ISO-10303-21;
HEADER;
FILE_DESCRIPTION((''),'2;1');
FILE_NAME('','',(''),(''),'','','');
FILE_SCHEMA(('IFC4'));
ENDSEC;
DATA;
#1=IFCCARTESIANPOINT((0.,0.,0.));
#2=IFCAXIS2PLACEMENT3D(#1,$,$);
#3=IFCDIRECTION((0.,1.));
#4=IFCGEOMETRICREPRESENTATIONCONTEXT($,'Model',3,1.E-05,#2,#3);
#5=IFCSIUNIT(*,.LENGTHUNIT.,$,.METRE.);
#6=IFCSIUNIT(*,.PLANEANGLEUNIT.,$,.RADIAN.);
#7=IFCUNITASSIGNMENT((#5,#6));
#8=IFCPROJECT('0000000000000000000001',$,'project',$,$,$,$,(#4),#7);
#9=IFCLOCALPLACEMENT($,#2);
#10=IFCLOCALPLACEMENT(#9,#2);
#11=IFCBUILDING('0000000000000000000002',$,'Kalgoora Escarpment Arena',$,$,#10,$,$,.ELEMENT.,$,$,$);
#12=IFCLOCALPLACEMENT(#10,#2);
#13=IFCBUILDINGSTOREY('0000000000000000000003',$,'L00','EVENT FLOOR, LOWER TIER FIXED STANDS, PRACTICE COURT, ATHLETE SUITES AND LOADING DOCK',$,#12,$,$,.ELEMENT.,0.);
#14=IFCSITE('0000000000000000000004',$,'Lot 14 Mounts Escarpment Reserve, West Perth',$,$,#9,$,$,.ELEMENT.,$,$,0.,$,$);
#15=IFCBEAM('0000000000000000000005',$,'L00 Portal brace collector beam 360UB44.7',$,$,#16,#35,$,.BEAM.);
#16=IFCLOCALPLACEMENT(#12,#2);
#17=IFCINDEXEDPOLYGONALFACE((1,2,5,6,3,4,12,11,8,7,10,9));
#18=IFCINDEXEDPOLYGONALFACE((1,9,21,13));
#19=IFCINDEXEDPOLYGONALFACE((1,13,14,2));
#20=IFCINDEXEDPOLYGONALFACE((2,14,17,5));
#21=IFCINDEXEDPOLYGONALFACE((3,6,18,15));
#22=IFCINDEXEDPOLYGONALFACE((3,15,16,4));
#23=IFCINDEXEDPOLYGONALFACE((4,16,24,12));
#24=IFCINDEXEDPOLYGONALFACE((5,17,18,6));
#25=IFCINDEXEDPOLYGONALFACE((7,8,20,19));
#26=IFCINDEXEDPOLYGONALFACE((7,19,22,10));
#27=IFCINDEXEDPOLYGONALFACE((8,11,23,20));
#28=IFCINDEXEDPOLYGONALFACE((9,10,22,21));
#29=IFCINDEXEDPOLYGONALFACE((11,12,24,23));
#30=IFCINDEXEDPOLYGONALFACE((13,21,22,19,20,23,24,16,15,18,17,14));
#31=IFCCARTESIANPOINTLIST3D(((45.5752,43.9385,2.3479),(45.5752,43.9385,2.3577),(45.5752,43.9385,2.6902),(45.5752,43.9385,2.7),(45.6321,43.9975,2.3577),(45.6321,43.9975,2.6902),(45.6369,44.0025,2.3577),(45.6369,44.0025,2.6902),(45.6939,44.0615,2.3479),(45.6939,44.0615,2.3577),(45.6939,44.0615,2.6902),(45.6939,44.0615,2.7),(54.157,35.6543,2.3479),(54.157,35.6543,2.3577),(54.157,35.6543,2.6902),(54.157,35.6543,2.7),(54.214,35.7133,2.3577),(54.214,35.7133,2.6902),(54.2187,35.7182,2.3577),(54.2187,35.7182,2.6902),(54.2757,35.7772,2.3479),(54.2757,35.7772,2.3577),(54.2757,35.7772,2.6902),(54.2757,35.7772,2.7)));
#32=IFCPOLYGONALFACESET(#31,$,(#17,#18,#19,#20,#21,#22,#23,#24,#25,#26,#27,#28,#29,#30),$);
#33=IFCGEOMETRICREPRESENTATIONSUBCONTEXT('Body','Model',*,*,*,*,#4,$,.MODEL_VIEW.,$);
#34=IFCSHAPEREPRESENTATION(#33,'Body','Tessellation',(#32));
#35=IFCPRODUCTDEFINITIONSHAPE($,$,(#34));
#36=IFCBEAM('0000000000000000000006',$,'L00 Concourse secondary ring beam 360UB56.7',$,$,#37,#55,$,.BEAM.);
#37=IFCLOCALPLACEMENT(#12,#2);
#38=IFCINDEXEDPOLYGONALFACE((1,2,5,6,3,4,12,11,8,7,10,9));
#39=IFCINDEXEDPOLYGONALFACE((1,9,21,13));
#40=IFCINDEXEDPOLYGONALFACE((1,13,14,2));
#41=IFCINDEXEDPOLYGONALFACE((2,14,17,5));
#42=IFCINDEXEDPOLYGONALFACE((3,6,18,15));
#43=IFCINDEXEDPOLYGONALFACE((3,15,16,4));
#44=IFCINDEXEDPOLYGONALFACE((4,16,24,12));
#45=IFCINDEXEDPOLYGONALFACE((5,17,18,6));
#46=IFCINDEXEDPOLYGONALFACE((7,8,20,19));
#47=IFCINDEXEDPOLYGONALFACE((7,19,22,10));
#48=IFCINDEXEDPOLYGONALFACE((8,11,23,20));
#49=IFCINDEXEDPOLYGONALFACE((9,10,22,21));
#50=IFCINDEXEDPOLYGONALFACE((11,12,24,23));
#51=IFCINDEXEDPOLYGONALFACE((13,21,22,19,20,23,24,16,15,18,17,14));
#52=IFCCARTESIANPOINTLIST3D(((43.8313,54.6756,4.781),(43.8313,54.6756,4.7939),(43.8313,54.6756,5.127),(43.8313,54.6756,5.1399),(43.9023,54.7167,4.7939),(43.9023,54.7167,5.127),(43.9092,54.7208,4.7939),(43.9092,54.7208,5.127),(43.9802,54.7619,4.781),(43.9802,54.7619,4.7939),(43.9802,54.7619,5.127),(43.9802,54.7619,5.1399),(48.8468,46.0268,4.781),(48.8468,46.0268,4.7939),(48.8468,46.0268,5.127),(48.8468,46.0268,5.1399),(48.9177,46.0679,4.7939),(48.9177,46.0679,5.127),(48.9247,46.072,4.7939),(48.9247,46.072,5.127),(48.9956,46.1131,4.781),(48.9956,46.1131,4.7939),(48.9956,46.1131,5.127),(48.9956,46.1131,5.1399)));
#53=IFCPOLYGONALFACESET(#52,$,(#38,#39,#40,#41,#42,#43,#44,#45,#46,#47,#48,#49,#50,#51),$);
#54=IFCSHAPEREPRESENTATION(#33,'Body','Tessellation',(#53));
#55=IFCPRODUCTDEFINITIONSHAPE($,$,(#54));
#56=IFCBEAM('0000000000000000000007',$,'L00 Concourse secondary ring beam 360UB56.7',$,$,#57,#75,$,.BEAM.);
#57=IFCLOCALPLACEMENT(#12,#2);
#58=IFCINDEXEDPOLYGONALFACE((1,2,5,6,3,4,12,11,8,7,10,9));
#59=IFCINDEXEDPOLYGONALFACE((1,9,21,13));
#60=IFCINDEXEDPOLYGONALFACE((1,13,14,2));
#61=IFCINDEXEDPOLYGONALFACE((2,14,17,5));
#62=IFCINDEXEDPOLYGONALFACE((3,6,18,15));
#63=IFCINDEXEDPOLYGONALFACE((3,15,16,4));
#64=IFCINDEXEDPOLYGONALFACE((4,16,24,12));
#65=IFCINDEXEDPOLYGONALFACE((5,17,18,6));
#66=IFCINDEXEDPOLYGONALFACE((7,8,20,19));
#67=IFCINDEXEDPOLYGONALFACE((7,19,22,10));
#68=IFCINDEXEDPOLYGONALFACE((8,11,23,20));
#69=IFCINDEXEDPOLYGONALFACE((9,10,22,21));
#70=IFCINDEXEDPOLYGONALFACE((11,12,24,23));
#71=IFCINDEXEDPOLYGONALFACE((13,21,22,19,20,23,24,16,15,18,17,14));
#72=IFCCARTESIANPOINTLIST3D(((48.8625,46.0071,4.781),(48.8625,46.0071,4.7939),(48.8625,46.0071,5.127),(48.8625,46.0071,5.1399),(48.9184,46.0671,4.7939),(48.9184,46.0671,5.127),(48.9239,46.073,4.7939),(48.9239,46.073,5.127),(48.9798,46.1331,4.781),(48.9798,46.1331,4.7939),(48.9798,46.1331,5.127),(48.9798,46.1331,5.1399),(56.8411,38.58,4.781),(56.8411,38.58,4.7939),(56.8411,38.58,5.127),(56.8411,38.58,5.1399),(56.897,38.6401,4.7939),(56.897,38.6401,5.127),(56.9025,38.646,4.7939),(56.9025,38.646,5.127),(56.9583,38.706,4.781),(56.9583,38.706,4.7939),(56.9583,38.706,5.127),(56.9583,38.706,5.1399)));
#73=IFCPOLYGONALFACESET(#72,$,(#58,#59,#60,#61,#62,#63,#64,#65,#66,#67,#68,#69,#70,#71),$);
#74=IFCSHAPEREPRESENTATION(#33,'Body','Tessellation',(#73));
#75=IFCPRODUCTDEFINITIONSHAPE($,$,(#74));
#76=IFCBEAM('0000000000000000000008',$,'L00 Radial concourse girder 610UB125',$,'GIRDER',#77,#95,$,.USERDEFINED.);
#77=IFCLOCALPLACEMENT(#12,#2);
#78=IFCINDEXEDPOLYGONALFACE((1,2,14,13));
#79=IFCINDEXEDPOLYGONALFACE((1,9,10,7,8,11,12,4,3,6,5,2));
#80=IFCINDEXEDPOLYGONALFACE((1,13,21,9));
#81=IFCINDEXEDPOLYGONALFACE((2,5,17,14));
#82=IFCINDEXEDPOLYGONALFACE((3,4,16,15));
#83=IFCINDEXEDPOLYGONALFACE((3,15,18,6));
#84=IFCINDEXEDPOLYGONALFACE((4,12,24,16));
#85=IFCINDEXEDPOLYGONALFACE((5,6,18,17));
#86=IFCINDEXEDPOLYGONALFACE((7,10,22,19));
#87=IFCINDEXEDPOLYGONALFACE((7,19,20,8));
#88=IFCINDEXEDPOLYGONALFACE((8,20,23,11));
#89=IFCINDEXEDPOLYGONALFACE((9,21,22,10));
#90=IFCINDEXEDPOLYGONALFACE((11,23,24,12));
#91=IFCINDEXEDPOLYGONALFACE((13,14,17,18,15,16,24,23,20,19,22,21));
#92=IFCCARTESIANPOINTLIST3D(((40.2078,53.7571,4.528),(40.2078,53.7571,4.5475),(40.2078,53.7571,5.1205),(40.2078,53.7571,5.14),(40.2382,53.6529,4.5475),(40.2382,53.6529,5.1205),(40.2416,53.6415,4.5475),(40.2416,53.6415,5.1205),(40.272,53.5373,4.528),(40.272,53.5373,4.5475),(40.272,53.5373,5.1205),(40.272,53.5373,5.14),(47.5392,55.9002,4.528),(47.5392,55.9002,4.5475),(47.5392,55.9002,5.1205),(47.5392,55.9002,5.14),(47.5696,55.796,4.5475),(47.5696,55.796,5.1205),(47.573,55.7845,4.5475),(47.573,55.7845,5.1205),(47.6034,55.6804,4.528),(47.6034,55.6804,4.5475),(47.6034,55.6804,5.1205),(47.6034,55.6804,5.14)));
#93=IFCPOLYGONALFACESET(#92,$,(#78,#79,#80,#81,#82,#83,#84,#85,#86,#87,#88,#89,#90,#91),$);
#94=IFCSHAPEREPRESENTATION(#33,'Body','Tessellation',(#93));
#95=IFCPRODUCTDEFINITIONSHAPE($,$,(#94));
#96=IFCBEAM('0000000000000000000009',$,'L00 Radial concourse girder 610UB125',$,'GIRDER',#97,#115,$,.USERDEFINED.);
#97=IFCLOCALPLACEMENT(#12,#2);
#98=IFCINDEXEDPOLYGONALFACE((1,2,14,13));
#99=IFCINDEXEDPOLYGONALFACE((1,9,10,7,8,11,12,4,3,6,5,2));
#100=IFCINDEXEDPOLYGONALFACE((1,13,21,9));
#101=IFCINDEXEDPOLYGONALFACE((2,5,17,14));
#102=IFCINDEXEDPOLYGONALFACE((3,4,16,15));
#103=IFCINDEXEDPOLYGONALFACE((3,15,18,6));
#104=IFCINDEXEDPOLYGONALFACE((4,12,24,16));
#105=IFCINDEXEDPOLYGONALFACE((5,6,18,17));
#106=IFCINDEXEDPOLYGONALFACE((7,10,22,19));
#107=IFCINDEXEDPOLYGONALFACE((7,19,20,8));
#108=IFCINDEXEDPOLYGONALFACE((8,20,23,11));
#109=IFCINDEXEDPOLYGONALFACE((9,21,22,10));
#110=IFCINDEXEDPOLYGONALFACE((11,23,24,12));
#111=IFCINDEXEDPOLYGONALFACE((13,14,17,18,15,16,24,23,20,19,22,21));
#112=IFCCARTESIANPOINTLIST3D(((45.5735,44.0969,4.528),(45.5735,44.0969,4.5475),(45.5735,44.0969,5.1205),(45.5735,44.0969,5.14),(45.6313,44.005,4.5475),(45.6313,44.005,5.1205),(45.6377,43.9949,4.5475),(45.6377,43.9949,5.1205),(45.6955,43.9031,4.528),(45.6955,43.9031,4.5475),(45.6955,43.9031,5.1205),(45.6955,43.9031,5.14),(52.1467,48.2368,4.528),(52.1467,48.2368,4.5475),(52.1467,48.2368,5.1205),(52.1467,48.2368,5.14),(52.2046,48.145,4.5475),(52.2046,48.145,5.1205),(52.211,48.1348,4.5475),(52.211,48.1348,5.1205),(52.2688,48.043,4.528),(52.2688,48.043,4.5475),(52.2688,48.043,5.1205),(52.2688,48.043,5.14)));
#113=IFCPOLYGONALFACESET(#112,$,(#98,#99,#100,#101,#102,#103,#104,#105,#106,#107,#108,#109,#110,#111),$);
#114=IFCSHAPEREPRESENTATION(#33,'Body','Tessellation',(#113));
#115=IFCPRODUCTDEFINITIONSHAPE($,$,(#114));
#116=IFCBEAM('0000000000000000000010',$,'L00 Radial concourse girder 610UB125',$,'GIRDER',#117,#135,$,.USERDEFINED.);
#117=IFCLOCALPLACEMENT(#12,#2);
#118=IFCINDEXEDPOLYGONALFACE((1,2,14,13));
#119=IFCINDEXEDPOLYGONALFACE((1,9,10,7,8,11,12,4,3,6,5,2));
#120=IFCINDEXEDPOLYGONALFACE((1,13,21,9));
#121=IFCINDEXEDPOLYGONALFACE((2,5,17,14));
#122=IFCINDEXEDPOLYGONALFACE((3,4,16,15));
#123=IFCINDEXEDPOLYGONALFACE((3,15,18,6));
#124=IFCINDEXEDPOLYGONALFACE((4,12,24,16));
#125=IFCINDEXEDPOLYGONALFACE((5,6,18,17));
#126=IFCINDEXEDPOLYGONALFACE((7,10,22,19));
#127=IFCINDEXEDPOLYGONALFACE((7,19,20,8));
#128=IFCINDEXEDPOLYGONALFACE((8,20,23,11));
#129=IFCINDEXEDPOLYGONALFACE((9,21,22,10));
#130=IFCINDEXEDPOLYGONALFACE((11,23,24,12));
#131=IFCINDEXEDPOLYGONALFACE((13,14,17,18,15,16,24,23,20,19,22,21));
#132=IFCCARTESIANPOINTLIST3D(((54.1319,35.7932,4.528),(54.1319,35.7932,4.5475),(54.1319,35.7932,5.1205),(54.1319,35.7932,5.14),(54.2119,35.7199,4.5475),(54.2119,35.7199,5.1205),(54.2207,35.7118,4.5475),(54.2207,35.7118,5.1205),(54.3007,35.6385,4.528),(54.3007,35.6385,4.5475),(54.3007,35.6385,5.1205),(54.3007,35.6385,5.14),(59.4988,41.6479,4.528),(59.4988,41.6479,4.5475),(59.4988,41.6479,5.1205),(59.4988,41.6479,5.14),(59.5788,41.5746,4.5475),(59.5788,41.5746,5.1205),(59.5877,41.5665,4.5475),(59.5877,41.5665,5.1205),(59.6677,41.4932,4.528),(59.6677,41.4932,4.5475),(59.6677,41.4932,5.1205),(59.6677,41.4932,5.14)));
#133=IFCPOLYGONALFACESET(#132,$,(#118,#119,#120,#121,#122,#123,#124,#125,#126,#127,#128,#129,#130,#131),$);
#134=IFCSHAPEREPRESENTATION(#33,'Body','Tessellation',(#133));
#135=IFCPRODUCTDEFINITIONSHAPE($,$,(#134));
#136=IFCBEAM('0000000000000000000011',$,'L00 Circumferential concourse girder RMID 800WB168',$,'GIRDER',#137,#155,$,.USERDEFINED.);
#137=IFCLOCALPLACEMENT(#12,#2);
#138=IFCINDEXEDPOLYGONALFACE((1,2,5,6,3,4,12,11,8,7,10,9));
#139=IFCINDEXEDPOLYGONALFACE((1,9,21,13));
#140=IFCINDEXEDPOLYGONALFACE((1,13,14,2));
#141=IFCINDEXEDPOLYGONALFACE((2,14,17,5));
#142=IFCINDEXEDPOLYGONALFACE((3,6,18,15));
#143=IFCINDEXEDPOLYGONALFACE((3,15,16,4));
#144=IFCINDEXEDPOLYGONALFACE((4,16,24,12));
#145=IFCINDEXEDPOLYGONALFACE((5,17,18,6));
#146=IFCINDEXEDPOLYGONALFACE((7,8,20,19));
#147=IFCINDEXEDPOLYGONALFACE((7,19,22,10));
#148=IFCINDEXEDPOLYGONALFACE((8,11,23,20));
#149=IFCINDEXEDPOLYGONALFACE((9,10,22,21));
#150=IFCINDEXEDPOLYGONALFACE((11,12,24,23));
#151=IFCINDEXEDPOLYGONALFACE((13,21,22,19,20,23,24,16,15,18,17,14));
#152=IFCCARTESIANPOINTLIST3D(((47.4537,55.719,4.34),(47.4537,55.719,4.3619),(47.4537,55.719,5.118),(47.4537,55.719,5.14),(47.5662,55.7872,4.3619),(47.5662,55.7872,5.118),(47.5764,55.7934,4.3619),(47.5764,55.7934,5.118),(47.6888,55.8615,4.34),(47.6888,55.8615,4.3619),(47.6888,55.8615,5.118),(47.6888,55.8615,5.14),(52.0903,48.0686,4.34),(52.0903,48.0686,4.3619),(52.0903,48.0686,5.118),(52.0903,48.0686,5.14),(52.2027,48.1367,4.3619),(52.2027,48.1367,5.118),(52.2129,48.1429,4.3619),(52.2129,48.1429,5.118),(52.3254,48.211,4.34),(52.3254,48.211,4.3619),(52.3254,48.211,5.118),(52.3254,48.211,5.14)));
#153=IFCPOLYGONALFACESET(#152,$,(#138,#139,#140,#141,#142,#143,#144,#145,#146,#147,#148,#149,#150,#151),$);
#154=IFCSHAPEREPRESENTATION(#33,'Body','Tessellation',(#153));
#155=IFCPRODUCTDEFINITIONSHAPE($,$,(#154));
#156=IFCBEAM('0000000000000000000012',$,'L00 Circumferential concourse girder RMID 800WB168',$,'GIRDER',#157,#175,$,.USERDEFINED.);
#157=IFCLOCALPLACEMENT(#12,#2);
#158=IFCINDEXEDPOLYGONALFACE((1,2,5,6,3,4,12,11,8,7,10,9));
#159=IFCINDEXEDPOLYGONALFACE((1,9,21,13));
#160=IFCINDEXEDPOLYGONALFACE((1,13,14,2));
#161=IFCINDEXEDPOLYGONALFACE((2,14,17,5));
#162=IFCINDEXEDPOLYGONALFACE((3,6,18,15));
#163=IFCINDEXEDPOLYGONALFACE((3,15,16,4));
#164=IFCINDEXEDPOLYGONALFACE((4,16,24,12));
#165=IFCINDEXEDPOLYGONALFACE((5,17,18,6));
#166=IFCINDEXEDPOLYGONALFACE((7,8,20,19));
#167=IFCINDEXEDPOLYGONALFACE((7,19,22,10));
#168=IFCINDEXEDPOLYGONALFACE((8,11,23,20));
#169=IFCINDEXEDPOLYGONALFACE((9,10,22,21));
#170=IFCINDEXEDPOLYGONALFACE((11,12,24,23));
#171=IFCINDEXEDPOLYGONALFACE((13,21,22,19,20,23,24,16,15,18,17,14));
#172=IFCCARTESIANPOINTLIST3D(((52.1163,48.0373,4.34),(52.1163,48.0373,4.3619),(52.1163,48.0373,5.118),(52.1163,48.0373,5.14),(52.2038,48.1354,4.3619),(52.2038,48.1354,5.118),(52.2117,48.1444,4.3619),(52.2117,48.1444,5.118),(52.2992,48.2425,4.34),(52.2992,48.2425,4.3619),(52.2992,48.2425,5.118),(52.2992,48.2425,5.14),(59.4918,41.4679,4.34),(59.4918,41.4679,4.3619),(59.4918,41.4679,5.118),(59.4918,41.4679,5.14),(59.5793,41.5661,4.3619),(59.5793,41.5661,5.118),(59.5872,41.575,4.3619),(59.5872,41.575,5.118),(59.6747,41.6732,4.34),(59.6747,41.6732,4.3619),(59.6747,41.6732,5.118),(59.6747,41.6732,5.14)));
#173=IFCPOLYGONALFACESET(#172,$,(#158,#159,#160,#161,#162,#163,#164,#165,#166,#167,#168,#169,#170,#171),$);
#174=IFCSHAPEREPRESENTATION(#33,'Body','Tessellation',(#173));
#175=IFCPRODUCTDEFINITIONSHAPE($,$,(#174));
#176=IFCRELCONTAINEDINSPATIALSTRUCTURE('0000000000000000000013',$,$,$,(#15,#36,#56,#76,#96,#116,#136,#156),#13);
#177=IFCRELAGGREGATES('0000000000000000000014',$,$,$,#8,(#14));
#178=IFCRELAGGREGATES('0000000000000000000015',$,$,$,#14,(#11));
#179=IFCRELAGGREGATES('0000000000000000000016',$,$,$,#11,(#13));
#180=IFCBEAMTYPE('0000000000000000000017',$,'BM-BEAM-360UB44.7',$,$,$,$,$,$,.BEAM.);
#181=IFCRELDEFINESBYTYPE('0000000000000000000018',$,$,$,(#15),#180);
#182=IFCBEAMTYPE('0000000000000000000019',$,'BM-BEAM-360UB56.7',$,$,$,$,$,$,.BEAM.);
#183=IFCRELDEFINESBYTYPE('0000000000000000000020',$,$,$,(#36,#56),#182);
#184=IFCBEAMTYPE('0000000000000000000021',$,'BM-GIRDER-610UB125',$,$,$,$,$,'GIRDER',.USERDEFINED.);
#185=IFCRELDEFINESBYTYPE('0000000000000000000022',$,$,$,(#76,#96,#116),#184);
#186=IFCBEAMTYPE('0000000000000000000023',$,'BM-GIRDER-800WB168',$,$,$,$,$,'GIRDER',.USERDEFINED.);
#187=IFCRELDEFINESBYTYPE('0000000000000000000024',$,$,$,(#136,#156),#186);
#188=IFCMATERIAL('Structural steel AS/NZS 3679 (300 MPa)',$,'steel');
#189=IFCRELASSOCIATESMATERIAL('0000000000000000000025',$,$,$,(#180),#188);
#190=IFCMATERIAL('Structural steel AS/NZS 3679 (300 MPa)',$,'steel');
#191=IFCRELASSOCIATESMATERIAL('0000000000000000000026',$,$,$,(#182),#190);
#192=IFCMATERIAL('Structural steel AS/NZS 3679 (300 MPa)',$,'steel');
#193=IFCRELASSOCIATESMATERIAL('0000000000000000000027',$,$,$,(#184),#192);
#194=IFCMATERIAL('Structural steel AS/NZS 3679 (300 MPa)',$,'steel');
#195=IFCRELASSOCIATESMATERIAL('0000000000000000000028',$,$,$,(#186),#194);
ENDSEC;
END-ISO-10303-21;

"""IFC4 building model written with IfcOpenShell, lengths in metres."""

from ifc_helpers import new_model, si_unit, direction, frame, origin, origin_2d, place, context, subcontext, project, spatial, i_section, extrude, material, material_profile, profile_set, type_object, element, save


model = new_model("IFC4")

# Units and contexts
model_context = context("Model", 3, precision=1e-05, world=origin(), true_north=direction((0.0, 1.0)))
body_context = subcontext(model_context, "Body", "Model", "MODEL_VIEW")
ifc_project = project(units=[si_unit("LENGTHUNIT", "METRE"), si_unit("PLANEANGLEUNIT", "RADIAN")], contexts=[model_context])

# Site, building, storey
site_placement = place(None, origin())
site = spatial("IfcSite", under=ifc_project, at=site_placement, Name="Lot 14 Mounts Escarpment Reserve, West Perth", CompositionType="ELEMENT", RefElevation=0.0)
building_placement = place(site_placement, origin())
building = spatial("IfcBuilding", under=site, at=building_placement, Name="Kalgoora Escarpment Arena", CompositionType="ELEMENT")
storey_placement = place(building_placement, origin())
storey = spatial("IfcBuildingStorey", under=building, at=storey_placement, Name="L00", Description="EVENT FLOOR, LOWER TIER FIXED STANDS, PRACTICE COURT, ATHLETE SUITES AND LOADING DOCK", CompositionType="ELEMENT", Elevation=0.0)

# Beams
ifc_material_1 = material(Name="Structural steel AS/NZS 3679 (300 MPa)", Category="steel")
ifc_material_profile_1 = material_profile(ifc_material_1, i_section(OverallWidth=0.1709, OverallDepth=0.3521, WebThickness=0.0068, FlangeThickness=0.0098, at=origin_2d()))
ifc_profile_set_1 = profile_set([ifc_material_profile_1], Name="Structural steel AS/NZS 3679 (300 MPa)")
beam_type_1 = type_object("IfcBeamType", Name="BM-BEAM-360UB44.7", PredefinedType="BEAM", material=ifc_profile_set_1)
beam_1_placement = place(storey_placement, frame((45.6345, 44.0, 2.5239), z_axis=(0.719472, -0.694521, 0.0), x_axis=(0.694521, 0.719472, 0.0)))
element("IfcBeam", 1, at=beam_1_placement, inside=storey, type_object=beam_type_1, Name="L00 Portal brace collector beam 360UB44.7", PredefinedType="BEAM", context=body_context, shape_type="SweptSolid", body=[
    extrude(i_section(OverallWidth=0.1709, OverallDepth=0.3521, WebThickness=0.0068, FlangeThickness=0.0098, at=origin_2d()), origin(), (0.0, 0.0, 1.0), 11.928),
])
ifc_material_2 = material(Name="Structural steel AS/NZS 3679 (300 MPa)", Category="steel")
ifc_material_profile_2 = material_profile(ifc_material_2, i_section(OverallWidth=0.1721, OverallDepth=0.3589, WebThickness=0.0081, FlangeThickness=0.0129, at=origin_2d()))
ifc_profile_set_2 = profile_set([ifc_material_profile_2], Name="Structural steel AS/NZS 3679 (300 MPa)")
beam_type_2 = type_object("IfcBeamType", Name="BM-BEAM-360UB56.7", PredefinedType="BEAM", material=ifc_profile_set_2)
beam_2_placement = place(storey_placement, frame((43.9058, 54.7188, 4.9604), z_axis=(0.501654, -0.865068, 0.0), x_axis=(0.865068, 0.501654, 0.0)))
element("IfcBeam", 2, at=beam_2_placement, inside=storey, type_object=beam_type_2, Name="L00 Concourse secondary ring beam 360UB56.7", PredefinedType="BEAM", context=body_context, shape_type="SweptSolid", body=[
    extrude(i_section(OverallWidth=0.1721, OverallDepth=0.3589, WebThickness=0.0081, FlangeThickness=0.0129, at=origin_2d()), origin(), (0.0, 0.0, 1.0), 9.9978),
])
beam_3_placement = place(storey_placement, frame((48.9211, 46.0701, 4.9604), z_axis=(0.731952, -0.681356, 0.0), x_axis=(0.681356, 0.731952, 0.0)))
element("IfcBeam", 3, at=beam_3_placement, inside=storey, type_object=beam_type_2, Name="L00 Concourse secondary ring beam 360UB56.7", PredefinedType="BEAM", context=body_context, shape_type="SweptSolid", body=[
    extrude(i_section(OverallWidth=0.1721, OverallDepth=0.3589, WebThickness=0.0081, FlangeThickness=0.0129, at=origin_2d()), origin(), (0.0, 0.0, 1.0), 10.9004),
])
ifc_material_3 = material(Name="Structural steel AS/NZS 3679 (300 MPa)", Category="steel")
ifc_material_profile_3 = material_profile(ifc_material_3, i_section(OverallWidth=0.229, OverallDepth=0.6121, WebThickness=0.012, FlangeThickness=0.0195, at=origin_2d()))
ifc_profile_set_3 = profile_set([ifc_material_profile_3], Name="Structural steel AS/NZS 3679 (300 MPa)")
beam_type_3 = type_object("IfcBeamType", Name="BM-GIRDER-610UB125", ElementType="GIRDER", PredefinedType="USERDEFINED", material=ifc_profile_set_3)
beam_4_placement = place(storey_placement, frame((47.5713, 55.7903, 4.834), z_axis=(-0.959832, -0.280576, 0.0), x_axis=(0.280576, -0.959832, 0.0)))
element("IfcBeam", 4, at=beam_4_placement, inside=storey, type_object=beam_type_3, Name="L00 Radial concourse girder 610UB125", ObjectType="GIRDER", PredefinedType="USERDEFINED", context=body_context, shape_type="SweptSolid", body=[
    extrude(i_section(OverallWidth=0.229, OverallDepth=0.6121, WebThickness=0.012, FlangeThickness=0.0195, at=origin_2d()), origin(), (0.0, 0.0, 1.0), 7.6382),
])
beam_5_placement = place(storey_placement, frame((52.2078, 48.1399, 4.834), z_axis=(-0.846164, -0.532922, 0.0), x_axis=(0.532922, -0.846164, 0.0)))
element("IfcBeam", 5, at=beam_5_placement, inside=storey, type_object=beam_type_3, Name="L00 Radial concourse girder 610UB125", ObjectType="GIRDER", PredefinedType="USERDEFINED", context=body_context, shape_type="SweptSolid", body=[
    extrude(i_section(OverallWidth=0.229, OverallDepth=0.6121, WebThickness=0.012, FlangeThickness=0.0195, at=origin_2d()), origin(), (0.0, 0.0, 1.0), 7.7683),
])
beam_6_placement = place(storey_placement, frame((59.5833, 41.5706, 4.834), z_axis=(-0.675732, -0.737148, 0.0), x_axis=(0.737148, -0.675732, 0.0)))
element("IfcBeam", 6, at=beam_6_placement, inside=storey, type_object=beam_type_3, Name="L00 Radial concourse girder 610UB125", ObjectType="GIRDER", PredefinedType="USERDEFINED", context=body_context, shape_type="SweptSolid", body=[
    extrude(i_section(OverallWidth=0.229, OverallDepth=0.6121, WebThickness=0.012, FlangeThickness=0.0195, at=origin_2d()), origin(), (0.0, 0.0, 1.0), 7.9424),
])
ifc_material_4 = material(Name="Structural steel AS/NZS 3679 (300 MPa)", Category="steel")
ifc_material_profile_4 = material_profile(ifc_material_4, i_section(OverallWidth=0.2749, OverallDepth=0.8, WebThickness=0.012, FlangeThickness=0.022, at=origin_2d()))
ifc_profile_set_4 = profile_set([ifc_material_profile_4], Name="Structural steel AS/NZS 3679 (300 MPa)")
beam_type_4 = type_object("IfcBeamType", Name="BM-GIRDER-800WB168", ElementType="GIRDER", PredefinedType="USERDEFINED", material=ifc_profile_set_4)
beam_7_placement = place(storey_placement, frame((47.5713, 55.7903, 4.74), z_axis=(0.518291, -0.855204, 0.0), x_axis=(0.855204, 0.518291, 0.0)))
element("IfcBeam", 7, at=beam_7_placement, inside=storey, type_object=beam_type_4, Name="L00 Circumferential concourse girder RMID 800WB168", ObjectType="GIRDER", PredefinedType="USERDEFINED", context=body_context, shape_type="SweptSolid", body=[
    extrude(i_section(OverallWidth=0.2749, OverallDepth=0.8, WebThickness=0.012, FlangeThickness=0.022, at=origin_2d()), origin(), (0.0, 0.0, 1.0), 8.9458),
])
beam_8_placement = place(storey_placement, frame((52.2078, 48.1399, 4.74), z_axis=(0.746738, -0.665118, 0.0), x_axis=(0.665118, 0.746738, 0.0)))
element("IfcBeam", 8, at=beam_8_placement, inside=storey, type_object=beam_type_4, Name="L00 Circumferential concourse girder RMID 800WB168", ObjectType="GIRDER", PredefinedType="USERDEFINED", context=body_context, shape_type="SweptSolid", body=[
    extrude(i_section(OverallWidth=0.2749, OverallDepth=0.8, WebThickness=0.012, FlangeThickness=0.022, at=origin_2d()), origin(), (0.0, 0.0, 1.0), 9.877),
])

save(model, "model.ifc")
